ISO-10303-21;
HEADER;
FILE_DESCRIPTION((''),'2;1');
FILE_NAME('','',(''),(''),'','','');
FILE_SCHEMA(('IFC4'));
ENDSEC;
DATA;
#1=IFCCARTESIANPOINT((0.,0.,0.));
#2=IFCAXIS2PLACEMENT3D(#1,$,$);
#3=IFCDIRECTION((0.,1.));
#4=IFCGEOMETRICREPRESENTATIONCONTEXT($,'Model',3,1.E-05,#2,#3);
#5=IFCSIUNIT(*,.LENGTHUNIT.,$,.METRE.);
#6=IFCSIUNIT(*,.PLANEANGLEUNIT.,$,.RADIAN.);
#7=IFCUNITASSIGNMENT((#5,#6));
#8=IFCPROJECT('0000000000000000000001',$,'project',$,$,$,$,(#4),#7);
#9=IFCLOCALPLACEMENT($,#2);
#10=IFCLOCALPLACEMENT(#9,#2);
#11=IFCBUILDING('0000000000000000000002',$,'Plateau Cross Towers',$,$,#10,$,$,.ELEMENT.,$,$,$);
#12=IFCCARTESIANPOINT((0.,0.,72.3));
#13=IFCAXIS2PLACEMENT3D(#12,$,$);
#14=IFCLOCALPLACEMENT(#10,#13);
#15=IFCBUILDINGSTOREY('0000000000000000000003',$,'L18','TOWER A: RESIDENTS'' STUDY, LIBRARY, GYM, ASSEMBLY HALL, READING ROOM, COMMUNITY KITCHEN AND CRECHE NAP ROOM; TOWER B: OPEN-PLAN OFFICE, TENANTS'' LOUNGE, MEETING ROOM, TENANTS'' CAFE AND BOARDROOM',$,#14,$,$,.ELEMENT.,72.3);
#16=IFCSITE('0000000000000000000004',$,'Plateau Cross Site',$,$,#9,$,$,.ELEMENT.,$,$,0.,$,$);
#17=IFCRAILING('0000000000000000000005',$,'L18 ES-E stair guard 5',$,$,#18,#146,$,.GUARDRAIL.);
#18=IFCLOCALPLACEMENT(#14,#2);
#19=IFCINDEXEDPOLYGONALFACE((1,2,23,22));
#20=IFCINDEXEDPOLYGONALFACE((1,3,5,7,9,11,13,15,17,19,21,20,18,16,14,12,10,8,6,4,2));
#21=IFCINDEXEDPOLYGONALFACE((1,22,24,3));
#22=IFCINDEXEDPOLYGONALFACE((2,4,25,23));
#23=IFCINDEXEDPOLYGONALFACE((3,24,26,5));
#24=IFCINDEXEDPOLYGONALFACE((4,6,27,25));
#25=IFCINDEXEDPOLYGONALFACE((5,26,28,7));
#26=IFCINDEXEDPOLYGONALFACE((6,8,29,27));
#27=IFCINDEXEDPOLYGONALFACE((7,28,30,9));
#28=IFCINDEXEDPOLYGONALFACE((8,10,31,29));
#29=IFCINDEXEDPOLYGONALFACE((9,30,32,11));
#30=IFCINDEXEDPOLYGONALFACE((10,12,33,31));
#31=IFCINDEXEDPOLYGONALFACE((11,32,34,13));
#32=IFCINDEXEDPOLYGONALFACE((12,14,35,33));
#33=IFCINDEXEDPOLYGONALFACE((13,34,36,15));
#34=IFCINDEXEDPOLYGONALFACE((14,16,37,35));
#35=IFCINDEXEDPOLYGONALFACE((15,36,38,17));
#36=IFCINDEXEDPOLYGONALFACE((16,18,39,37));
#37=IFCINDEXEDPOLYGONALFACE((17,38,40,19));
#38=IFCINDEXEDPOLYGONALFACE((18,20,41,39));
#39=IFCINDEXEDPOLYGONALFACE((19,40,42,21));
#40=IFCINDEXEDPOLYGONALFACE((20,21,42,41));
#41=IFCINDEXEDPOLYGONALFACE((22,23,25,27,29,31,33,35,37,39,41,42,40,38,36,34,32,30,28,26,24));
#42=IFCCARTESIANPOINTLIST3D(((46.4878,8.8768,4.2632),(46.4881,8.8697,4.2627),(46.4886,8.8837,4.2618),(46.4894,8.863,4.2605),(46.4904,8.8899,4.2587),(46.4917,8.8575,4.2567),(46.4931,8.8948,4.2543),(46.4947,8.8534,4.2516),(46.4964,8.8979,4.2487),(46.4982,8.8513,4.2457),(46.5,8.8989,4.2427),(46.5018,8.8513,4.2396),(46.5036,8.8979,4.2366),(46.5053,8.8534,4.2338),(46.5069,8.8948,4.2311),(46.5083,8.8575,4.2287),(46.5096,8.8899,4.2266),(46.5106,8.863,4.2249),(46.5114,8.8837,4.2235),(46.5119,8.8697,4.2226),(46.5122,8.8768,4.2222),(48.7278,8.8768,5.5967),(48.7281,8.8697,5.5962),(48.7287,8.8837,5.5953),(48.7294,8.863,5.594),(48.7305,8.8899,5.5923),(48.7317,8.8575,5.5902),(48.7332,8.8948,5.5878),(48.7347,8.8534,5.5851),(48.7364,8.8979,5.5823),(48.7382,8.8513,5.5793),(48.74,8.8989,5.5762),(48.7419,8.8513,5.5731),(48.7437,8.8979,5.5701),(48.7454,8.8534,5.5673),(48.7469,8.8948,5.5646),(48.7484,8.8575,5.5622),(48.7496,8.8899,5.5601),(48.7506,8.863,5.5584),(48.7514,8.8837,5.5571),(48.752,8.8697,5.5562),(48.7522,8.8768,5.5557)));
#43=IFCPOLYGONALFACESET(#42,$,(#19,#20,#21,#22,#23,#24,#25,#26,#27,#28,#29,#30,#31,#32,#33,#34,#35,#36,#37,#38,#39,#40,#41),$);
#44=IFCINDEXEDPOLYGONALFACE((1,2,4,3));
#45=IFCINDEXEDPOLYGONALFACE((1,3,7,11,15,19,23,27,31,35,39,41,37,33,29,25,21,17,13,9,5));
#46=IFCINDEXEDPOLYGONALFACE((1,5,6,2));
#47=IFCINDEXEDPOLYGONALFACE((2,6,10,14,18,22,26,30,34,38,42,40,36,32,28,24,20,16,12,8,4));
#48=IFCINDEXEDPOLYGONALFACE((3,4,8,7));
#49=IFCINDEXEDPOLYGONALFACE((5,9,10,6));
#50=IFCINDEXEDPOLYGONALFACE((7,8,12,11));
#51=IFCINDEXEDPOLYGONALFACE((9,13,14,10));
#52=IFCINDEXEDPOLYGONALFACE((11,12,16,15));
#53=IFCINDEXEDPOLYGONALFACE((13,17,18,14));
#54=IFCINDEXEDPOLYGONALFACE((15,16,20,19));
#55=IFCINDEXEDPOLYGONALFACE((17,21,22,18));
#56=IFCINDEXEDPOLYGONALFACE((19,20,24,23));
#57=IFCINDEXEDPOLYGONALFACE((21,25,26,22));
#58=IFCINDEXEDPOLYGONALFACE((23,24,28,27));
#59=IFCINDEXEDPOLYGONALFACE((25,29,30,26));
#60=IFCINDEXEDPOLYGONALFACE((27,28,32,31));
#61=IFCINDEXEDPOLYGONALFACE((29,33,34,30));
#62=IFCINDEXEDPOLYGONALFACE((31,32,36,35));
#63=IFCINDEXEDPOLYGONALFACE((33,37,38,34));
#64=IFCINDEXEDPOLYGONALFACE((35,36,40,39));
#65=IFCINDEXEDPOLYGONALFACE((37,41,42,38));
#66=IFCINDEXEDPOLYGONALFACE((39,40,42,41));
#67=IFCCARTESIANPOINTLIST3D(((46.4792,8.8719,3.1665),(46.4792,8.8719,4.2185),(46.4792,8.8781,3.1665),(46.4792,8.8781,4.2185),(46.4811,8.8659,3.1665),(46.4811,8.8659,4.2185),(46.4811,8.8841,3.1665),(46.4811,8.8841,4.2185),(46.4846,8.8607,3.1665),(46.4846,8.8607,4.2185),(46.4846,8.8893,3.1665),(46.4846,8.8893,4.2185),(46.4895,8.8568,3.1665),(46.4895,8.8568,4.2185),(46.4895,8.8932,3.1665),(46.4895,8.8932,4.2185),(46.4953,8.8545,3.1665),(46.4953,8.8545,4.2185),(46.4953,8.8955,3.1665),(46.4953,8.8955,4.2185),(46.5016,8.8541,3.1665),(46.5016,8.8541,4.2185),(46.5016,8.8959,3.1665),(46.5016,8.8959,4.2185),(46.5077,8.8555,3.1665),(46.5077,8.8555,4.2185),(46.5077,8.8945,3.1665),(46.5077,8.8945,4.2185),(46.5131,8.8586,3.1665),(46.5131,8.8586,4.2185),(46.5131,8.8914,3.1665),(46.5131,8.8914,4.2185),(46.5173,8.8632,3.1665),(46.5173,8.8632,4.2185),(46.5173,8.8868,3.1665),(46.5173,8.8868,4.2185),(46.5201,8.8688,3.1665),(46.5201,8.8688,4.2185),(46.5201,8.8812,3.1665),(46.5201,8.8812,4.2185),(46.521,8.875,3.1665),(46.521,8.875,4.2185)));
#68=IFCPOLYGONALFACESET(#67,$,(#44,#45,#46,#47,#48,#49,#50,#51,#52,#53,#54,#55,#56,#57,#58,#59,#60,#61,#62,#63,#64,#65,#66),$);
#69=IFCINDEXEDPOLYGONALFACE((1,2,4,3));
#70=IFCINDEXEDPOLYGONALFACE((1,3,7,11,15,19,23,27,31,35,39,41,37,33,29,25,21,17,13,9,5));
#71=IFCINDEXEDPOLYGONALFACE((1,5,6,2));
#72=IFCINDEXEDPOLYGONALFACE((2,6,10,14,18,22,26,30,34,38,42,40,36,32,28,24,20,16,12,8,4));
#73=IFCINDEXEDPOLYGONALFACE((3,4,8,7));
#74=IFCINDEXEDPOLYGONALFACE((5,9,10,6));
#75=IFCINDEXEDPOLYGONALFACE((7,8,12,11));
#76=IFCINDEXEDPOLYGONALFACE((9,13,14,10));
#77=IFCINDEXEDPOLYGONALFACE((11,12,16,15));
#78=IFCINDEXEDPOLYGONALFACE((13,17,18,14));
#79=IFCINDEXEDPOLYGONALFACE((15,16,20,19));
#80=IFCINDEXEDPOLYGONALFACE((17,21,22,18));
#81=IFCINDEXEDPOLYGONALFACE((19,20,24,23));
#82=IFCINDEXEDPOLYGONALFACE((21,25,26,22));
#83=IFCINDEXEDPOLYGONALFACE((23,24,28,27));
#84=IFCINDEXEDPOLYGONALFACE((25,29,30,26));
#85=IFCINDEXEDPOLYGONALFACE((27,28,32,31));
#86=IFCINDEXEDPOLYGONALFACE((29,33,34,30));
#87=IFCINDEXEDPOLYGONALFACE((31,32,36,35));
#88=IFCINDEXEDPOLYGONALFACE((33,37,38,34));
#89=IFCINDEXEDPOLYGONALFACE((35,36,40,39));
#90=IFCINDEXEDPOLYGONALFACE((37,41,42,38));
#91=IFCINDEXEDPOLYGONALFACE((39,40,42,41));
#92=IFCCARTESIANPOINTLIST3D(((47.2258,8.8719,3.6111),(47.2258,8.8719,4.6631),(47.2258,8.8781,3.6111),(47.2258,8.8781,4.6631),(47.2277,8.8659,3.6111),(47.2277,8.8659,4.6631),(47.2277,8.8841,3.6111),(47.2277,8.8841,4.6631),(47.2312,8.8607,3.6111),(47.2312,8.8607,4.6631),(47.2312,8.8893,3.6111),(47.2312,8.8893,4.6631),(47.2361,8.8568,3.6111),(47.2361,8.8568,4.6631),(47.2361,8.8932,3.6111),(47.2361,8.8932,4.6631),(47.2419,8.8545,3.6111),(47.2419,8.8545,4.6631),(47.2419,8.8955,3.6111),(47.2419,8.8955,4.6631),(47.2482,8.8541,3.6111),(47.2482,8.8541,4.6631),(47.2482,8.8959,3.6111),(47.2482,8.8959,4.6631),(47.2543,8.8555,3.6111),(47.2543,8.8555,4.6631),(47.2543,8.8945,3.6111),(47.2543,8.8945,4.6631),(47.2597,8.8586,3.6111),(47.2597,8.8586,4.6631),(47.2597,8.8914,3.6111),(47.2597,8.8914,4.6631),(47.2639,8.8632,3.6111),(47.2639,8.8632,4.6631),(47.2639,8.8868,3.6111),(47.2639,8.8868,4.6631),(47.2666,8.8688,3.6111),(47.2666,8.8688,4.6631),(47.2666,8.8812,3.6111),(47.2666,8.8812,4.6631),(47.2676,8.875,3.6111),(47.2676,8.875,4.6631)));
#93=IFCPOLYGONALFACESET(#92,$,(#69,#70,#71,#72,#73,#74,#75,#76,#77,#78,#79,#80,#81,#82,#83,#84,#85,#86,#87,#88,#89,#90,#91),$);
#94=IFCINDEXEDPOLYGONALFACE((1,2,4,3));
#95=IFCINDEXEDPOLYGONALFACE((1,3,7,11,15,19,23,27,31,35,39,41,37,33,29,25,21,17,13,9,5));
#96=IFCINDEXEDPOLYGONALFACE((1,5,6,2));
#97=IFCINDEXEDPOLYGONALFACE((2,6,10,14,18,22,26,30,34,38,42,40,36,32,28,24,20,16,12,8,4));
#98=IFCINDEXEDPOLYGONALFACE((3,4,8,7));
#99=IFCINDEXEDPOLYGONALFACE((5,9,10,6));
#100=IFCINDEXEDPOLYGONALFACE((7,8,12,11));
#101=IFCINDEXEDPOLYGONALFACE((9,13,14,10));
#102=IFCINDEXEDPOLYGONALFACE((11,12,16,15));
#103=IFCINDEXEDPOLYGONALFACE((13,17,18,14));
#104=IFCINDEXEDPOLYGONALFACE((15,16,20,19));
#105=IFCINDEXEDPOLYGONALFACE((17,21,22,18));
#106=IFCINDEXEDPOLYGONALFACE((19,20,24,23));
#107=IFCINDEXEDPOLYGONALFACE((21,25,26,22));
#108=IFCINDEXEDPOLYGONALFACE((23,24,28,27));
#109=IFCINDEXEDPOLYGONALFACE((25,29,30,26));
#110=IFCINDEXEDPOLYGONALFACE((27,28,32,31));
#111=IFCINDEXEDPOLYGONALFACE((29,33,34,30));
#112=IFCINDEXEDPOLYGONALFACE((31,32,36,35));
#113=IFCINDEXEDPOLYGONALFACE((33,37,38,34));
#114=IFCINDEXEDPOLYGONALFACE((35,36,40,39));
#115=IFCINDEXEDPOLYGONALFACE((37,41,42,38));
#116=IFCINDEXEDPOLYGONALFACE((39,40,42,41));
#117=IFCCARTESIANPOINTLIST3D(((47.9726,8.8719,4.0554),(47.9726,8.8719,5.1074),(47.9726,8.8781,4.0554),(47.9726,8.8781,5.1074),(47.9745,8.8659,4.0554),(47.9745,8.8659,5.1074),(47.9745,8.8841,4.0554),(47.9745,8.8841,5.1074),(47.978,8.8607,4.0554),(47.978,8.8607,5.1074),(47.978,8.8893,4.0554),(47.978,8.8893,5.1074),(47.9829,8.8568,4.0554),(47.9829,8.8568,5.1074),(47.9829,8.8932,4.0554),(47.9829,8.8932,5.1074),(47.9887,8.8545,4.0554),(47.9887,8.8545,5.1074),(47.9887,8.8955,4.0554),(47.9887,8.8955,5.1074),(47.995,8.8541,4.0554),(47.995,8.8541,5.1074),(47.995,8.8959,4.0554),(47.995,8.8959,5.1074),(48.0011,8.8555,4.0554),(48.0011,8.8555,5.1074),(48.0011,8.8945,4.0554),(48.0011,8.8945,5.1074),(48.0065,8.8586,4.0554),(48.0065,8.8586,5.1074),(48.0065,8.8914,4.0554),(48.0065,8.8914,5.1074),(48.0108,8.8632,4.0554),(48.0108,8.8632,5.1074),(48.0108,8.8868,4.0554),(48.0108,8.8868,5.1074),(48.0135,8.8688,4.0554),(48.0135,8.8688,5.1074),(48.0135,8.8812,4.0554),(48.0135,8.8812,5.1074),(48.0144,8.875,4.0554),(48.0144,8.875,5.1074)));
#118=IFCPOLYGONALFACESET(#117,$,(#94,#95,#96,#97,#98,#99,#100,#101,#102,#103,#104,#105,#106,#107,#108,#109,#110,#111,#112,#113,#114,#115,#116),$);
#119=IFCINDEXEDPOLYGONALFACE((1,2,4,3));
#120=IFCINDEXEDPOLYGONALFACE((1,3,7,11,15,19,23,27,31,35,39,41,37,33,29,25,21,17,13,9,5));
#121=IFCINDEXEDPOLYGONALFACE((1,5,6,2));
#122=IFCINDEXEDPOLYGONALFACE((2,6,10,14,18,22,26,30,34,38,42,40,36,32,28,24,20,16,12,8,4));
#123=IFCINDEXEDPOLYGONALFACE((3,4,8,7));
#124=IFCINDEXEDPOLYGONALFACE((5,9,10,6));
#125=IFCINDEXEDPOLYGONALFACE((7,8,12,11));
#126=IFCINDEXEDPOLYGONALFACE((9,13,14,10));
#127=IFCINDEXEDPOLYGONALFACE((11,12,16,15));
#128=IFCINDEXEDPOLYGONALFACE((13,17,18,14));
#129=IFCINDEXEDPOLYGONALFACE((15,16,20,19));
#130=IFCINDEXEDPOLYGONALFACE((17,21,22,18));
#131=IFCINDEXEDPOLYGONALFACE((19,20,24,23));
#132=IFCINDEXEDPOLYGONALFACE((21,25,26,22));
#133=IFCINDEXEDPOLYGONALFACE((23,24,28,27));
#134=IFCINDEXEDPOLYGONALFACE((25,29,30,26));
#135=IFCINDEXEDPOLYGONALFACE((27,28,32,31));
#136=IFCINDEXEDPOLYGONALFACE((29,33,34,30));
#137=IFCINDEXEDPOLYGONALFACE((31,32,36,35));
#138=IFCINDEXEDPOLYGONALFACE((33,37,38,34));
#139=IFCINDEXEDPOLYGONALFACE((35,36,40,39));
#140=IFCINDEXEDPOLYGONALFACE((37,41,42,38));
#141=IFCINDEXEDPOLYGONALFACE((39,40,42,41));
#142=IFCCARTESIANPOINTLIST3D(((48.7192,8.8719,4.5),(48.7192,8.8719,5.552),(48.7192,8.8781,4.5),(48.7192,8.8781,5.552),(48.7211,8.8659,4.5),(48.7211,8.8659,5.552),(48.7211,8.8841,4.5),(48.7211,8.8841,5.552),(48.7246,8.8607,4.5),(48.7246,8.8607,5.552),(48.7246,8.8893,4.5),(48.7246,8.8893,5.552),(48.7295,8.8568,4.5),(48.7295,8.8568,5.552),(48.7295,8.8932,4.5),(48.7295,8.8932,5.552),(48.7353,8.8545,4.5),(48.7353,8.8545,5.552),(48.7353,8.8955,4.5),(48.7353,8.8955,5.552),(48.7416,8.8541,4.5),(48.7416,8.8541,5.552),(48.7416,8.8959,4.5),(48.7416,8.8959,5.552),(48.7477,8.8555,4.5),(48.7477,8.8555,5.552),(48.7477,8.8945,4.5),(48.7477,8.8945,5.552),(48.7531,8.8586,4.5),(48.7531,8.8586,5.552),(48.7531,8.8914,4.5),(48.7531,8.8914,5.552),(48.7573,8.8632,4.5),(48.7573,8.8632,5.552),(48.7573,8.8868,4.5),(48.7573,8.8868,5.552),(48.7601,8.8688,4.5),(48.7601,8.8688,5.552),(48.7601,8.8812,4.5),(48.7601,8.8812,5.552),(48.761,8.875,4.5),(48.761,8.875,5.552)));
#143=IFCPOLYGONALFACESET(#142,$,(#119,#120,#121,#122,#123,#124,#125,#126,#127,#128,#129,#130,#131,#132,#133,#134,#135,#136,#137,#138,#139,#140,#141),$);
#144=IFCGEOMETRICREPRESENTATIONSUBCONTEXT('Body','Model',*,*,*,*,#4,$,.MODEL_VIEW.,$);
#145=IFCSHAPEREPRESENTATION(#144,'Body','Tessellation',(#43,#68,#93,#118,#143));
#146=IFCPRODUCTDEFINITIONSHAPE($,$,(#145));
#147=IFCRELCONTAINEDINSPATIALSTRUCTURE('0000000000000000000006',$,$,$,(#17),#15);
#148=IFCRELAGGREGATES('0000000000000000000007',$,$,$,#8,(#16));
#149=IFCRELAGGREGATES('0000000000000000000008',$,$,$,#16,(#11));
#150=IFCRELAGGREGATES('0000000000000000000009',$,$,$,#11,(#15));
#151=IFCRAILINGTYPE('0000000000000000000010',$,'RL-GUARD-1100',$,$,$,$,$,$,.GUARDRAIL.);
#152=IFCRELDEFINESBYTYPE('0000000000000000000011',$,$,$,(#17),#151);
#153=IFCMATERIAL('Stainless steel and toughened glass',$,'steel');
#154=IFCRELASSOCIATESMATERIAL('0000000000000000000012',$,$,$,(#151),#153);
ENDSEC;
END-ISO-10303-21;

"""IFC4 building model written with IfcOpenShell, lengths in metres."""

from ifc_helpers import new_model, si_unit, direction, frame, origin, origin_2d, place, context, subcontext, project, spatial, circle, extrude, material, type_object, element, save


model = new_model("IFC4")

# Units and contexts
model_context = context("Model", 3, precision=1e-05, world=origin(), true_north=direction((0.0, 1.0)))
body_context = subcontext(model_context, "Body", "Model", "MODEL_VIEW")
ifc_project = project(units=[si_unit("LENGTHUNIT", "METRE"), si_unit("PLANEANGLEUNIT", "RADIAN")], contexts=[model_context])

# Site, building, storey
site_placement = place(None, origin())
site = spatial("IfcSite", under=ifc_project, at=site_placement, Name="Plateau Cross Site", CompositionType="ELEMENT", RefElevation=0.0)
building_placement = place(site_placement, origin())
building = spatial("IfcBuilding", under=site, at=building_placement, Name="Plateau Cross Towers", CompositionType="ELEMENT")
storey_placement = place(building_placement, frame((0.0, 0.0, 72.3)))
storey = spatial("IfcBuildingStorey", under=building, at=storey_placement, Name="L18", Description="TOWER A: RESIDENTS' STUDY, LIBRARY, GYM, ASSEMBLY HALL, READING ROOM, COMMUNITY KITCHEN AND CRECHE NAP ROOM; TOWER B: OPEN-PLAN OFFICE, TENANTS' LOUNGE, MEETING ROOM, TENANTS' CAFE AND BOARDROOM", CompositionType="ELEMENT", Elevation=72.3)

# Railing
ifc_material_1 = material(Name="Stainless steel and toughened glass", Category="steel")
railing_type_1 = type_object("IfcRailingType", Name="RL-GUARD-1100", PredefinedType="GUARDRAIL", material=ifc_material_1)
railing_1_placement = place(storey_placement, frame((46.5, 8.875, 3.1665)))
element("IfcRailing", 1, at=railing_1_placement, inside=storey, type_object=railing_type_1, Name="L18 ES-E stair guard 5", PredefinedType="GUARDRAIL", context=body_context, shape_type="SweptSolid", body=[
    extrude(circle(Radius=0.0239, at=origin_2d()), frame((0.0, 0.0, 1.0762), z_axis=(0.859264, 0.0, 0.511532), x_axis=(0.0, 1.0, 0.0)), (0.0, 0.0, 1.0), 2.6069),
    extrude(circle(Radius=0.021, at=origin_2d()), origin(), (0.0, 0.0, 1.0), 1.052),
    extrude(circle(Radius=0.021, at=origin_2d()), frame((0.7466, 0.0, 0.4446)), (0.0, 0.0, 1.0), 1.052),
    extrude(circle(Radius=0.021, at=origin_2d()), frame((1.4934, 0.0, 0.8889)), (0.0, 0.0, 1.0), 1.052),
    extrude(circle(Radius=0.021, at=origin_2d()), frame((2.24, 0.0, 1.3335)), (0.0, 0.0, 1.0), 1.052),
])

save(model, "model.ifc")
